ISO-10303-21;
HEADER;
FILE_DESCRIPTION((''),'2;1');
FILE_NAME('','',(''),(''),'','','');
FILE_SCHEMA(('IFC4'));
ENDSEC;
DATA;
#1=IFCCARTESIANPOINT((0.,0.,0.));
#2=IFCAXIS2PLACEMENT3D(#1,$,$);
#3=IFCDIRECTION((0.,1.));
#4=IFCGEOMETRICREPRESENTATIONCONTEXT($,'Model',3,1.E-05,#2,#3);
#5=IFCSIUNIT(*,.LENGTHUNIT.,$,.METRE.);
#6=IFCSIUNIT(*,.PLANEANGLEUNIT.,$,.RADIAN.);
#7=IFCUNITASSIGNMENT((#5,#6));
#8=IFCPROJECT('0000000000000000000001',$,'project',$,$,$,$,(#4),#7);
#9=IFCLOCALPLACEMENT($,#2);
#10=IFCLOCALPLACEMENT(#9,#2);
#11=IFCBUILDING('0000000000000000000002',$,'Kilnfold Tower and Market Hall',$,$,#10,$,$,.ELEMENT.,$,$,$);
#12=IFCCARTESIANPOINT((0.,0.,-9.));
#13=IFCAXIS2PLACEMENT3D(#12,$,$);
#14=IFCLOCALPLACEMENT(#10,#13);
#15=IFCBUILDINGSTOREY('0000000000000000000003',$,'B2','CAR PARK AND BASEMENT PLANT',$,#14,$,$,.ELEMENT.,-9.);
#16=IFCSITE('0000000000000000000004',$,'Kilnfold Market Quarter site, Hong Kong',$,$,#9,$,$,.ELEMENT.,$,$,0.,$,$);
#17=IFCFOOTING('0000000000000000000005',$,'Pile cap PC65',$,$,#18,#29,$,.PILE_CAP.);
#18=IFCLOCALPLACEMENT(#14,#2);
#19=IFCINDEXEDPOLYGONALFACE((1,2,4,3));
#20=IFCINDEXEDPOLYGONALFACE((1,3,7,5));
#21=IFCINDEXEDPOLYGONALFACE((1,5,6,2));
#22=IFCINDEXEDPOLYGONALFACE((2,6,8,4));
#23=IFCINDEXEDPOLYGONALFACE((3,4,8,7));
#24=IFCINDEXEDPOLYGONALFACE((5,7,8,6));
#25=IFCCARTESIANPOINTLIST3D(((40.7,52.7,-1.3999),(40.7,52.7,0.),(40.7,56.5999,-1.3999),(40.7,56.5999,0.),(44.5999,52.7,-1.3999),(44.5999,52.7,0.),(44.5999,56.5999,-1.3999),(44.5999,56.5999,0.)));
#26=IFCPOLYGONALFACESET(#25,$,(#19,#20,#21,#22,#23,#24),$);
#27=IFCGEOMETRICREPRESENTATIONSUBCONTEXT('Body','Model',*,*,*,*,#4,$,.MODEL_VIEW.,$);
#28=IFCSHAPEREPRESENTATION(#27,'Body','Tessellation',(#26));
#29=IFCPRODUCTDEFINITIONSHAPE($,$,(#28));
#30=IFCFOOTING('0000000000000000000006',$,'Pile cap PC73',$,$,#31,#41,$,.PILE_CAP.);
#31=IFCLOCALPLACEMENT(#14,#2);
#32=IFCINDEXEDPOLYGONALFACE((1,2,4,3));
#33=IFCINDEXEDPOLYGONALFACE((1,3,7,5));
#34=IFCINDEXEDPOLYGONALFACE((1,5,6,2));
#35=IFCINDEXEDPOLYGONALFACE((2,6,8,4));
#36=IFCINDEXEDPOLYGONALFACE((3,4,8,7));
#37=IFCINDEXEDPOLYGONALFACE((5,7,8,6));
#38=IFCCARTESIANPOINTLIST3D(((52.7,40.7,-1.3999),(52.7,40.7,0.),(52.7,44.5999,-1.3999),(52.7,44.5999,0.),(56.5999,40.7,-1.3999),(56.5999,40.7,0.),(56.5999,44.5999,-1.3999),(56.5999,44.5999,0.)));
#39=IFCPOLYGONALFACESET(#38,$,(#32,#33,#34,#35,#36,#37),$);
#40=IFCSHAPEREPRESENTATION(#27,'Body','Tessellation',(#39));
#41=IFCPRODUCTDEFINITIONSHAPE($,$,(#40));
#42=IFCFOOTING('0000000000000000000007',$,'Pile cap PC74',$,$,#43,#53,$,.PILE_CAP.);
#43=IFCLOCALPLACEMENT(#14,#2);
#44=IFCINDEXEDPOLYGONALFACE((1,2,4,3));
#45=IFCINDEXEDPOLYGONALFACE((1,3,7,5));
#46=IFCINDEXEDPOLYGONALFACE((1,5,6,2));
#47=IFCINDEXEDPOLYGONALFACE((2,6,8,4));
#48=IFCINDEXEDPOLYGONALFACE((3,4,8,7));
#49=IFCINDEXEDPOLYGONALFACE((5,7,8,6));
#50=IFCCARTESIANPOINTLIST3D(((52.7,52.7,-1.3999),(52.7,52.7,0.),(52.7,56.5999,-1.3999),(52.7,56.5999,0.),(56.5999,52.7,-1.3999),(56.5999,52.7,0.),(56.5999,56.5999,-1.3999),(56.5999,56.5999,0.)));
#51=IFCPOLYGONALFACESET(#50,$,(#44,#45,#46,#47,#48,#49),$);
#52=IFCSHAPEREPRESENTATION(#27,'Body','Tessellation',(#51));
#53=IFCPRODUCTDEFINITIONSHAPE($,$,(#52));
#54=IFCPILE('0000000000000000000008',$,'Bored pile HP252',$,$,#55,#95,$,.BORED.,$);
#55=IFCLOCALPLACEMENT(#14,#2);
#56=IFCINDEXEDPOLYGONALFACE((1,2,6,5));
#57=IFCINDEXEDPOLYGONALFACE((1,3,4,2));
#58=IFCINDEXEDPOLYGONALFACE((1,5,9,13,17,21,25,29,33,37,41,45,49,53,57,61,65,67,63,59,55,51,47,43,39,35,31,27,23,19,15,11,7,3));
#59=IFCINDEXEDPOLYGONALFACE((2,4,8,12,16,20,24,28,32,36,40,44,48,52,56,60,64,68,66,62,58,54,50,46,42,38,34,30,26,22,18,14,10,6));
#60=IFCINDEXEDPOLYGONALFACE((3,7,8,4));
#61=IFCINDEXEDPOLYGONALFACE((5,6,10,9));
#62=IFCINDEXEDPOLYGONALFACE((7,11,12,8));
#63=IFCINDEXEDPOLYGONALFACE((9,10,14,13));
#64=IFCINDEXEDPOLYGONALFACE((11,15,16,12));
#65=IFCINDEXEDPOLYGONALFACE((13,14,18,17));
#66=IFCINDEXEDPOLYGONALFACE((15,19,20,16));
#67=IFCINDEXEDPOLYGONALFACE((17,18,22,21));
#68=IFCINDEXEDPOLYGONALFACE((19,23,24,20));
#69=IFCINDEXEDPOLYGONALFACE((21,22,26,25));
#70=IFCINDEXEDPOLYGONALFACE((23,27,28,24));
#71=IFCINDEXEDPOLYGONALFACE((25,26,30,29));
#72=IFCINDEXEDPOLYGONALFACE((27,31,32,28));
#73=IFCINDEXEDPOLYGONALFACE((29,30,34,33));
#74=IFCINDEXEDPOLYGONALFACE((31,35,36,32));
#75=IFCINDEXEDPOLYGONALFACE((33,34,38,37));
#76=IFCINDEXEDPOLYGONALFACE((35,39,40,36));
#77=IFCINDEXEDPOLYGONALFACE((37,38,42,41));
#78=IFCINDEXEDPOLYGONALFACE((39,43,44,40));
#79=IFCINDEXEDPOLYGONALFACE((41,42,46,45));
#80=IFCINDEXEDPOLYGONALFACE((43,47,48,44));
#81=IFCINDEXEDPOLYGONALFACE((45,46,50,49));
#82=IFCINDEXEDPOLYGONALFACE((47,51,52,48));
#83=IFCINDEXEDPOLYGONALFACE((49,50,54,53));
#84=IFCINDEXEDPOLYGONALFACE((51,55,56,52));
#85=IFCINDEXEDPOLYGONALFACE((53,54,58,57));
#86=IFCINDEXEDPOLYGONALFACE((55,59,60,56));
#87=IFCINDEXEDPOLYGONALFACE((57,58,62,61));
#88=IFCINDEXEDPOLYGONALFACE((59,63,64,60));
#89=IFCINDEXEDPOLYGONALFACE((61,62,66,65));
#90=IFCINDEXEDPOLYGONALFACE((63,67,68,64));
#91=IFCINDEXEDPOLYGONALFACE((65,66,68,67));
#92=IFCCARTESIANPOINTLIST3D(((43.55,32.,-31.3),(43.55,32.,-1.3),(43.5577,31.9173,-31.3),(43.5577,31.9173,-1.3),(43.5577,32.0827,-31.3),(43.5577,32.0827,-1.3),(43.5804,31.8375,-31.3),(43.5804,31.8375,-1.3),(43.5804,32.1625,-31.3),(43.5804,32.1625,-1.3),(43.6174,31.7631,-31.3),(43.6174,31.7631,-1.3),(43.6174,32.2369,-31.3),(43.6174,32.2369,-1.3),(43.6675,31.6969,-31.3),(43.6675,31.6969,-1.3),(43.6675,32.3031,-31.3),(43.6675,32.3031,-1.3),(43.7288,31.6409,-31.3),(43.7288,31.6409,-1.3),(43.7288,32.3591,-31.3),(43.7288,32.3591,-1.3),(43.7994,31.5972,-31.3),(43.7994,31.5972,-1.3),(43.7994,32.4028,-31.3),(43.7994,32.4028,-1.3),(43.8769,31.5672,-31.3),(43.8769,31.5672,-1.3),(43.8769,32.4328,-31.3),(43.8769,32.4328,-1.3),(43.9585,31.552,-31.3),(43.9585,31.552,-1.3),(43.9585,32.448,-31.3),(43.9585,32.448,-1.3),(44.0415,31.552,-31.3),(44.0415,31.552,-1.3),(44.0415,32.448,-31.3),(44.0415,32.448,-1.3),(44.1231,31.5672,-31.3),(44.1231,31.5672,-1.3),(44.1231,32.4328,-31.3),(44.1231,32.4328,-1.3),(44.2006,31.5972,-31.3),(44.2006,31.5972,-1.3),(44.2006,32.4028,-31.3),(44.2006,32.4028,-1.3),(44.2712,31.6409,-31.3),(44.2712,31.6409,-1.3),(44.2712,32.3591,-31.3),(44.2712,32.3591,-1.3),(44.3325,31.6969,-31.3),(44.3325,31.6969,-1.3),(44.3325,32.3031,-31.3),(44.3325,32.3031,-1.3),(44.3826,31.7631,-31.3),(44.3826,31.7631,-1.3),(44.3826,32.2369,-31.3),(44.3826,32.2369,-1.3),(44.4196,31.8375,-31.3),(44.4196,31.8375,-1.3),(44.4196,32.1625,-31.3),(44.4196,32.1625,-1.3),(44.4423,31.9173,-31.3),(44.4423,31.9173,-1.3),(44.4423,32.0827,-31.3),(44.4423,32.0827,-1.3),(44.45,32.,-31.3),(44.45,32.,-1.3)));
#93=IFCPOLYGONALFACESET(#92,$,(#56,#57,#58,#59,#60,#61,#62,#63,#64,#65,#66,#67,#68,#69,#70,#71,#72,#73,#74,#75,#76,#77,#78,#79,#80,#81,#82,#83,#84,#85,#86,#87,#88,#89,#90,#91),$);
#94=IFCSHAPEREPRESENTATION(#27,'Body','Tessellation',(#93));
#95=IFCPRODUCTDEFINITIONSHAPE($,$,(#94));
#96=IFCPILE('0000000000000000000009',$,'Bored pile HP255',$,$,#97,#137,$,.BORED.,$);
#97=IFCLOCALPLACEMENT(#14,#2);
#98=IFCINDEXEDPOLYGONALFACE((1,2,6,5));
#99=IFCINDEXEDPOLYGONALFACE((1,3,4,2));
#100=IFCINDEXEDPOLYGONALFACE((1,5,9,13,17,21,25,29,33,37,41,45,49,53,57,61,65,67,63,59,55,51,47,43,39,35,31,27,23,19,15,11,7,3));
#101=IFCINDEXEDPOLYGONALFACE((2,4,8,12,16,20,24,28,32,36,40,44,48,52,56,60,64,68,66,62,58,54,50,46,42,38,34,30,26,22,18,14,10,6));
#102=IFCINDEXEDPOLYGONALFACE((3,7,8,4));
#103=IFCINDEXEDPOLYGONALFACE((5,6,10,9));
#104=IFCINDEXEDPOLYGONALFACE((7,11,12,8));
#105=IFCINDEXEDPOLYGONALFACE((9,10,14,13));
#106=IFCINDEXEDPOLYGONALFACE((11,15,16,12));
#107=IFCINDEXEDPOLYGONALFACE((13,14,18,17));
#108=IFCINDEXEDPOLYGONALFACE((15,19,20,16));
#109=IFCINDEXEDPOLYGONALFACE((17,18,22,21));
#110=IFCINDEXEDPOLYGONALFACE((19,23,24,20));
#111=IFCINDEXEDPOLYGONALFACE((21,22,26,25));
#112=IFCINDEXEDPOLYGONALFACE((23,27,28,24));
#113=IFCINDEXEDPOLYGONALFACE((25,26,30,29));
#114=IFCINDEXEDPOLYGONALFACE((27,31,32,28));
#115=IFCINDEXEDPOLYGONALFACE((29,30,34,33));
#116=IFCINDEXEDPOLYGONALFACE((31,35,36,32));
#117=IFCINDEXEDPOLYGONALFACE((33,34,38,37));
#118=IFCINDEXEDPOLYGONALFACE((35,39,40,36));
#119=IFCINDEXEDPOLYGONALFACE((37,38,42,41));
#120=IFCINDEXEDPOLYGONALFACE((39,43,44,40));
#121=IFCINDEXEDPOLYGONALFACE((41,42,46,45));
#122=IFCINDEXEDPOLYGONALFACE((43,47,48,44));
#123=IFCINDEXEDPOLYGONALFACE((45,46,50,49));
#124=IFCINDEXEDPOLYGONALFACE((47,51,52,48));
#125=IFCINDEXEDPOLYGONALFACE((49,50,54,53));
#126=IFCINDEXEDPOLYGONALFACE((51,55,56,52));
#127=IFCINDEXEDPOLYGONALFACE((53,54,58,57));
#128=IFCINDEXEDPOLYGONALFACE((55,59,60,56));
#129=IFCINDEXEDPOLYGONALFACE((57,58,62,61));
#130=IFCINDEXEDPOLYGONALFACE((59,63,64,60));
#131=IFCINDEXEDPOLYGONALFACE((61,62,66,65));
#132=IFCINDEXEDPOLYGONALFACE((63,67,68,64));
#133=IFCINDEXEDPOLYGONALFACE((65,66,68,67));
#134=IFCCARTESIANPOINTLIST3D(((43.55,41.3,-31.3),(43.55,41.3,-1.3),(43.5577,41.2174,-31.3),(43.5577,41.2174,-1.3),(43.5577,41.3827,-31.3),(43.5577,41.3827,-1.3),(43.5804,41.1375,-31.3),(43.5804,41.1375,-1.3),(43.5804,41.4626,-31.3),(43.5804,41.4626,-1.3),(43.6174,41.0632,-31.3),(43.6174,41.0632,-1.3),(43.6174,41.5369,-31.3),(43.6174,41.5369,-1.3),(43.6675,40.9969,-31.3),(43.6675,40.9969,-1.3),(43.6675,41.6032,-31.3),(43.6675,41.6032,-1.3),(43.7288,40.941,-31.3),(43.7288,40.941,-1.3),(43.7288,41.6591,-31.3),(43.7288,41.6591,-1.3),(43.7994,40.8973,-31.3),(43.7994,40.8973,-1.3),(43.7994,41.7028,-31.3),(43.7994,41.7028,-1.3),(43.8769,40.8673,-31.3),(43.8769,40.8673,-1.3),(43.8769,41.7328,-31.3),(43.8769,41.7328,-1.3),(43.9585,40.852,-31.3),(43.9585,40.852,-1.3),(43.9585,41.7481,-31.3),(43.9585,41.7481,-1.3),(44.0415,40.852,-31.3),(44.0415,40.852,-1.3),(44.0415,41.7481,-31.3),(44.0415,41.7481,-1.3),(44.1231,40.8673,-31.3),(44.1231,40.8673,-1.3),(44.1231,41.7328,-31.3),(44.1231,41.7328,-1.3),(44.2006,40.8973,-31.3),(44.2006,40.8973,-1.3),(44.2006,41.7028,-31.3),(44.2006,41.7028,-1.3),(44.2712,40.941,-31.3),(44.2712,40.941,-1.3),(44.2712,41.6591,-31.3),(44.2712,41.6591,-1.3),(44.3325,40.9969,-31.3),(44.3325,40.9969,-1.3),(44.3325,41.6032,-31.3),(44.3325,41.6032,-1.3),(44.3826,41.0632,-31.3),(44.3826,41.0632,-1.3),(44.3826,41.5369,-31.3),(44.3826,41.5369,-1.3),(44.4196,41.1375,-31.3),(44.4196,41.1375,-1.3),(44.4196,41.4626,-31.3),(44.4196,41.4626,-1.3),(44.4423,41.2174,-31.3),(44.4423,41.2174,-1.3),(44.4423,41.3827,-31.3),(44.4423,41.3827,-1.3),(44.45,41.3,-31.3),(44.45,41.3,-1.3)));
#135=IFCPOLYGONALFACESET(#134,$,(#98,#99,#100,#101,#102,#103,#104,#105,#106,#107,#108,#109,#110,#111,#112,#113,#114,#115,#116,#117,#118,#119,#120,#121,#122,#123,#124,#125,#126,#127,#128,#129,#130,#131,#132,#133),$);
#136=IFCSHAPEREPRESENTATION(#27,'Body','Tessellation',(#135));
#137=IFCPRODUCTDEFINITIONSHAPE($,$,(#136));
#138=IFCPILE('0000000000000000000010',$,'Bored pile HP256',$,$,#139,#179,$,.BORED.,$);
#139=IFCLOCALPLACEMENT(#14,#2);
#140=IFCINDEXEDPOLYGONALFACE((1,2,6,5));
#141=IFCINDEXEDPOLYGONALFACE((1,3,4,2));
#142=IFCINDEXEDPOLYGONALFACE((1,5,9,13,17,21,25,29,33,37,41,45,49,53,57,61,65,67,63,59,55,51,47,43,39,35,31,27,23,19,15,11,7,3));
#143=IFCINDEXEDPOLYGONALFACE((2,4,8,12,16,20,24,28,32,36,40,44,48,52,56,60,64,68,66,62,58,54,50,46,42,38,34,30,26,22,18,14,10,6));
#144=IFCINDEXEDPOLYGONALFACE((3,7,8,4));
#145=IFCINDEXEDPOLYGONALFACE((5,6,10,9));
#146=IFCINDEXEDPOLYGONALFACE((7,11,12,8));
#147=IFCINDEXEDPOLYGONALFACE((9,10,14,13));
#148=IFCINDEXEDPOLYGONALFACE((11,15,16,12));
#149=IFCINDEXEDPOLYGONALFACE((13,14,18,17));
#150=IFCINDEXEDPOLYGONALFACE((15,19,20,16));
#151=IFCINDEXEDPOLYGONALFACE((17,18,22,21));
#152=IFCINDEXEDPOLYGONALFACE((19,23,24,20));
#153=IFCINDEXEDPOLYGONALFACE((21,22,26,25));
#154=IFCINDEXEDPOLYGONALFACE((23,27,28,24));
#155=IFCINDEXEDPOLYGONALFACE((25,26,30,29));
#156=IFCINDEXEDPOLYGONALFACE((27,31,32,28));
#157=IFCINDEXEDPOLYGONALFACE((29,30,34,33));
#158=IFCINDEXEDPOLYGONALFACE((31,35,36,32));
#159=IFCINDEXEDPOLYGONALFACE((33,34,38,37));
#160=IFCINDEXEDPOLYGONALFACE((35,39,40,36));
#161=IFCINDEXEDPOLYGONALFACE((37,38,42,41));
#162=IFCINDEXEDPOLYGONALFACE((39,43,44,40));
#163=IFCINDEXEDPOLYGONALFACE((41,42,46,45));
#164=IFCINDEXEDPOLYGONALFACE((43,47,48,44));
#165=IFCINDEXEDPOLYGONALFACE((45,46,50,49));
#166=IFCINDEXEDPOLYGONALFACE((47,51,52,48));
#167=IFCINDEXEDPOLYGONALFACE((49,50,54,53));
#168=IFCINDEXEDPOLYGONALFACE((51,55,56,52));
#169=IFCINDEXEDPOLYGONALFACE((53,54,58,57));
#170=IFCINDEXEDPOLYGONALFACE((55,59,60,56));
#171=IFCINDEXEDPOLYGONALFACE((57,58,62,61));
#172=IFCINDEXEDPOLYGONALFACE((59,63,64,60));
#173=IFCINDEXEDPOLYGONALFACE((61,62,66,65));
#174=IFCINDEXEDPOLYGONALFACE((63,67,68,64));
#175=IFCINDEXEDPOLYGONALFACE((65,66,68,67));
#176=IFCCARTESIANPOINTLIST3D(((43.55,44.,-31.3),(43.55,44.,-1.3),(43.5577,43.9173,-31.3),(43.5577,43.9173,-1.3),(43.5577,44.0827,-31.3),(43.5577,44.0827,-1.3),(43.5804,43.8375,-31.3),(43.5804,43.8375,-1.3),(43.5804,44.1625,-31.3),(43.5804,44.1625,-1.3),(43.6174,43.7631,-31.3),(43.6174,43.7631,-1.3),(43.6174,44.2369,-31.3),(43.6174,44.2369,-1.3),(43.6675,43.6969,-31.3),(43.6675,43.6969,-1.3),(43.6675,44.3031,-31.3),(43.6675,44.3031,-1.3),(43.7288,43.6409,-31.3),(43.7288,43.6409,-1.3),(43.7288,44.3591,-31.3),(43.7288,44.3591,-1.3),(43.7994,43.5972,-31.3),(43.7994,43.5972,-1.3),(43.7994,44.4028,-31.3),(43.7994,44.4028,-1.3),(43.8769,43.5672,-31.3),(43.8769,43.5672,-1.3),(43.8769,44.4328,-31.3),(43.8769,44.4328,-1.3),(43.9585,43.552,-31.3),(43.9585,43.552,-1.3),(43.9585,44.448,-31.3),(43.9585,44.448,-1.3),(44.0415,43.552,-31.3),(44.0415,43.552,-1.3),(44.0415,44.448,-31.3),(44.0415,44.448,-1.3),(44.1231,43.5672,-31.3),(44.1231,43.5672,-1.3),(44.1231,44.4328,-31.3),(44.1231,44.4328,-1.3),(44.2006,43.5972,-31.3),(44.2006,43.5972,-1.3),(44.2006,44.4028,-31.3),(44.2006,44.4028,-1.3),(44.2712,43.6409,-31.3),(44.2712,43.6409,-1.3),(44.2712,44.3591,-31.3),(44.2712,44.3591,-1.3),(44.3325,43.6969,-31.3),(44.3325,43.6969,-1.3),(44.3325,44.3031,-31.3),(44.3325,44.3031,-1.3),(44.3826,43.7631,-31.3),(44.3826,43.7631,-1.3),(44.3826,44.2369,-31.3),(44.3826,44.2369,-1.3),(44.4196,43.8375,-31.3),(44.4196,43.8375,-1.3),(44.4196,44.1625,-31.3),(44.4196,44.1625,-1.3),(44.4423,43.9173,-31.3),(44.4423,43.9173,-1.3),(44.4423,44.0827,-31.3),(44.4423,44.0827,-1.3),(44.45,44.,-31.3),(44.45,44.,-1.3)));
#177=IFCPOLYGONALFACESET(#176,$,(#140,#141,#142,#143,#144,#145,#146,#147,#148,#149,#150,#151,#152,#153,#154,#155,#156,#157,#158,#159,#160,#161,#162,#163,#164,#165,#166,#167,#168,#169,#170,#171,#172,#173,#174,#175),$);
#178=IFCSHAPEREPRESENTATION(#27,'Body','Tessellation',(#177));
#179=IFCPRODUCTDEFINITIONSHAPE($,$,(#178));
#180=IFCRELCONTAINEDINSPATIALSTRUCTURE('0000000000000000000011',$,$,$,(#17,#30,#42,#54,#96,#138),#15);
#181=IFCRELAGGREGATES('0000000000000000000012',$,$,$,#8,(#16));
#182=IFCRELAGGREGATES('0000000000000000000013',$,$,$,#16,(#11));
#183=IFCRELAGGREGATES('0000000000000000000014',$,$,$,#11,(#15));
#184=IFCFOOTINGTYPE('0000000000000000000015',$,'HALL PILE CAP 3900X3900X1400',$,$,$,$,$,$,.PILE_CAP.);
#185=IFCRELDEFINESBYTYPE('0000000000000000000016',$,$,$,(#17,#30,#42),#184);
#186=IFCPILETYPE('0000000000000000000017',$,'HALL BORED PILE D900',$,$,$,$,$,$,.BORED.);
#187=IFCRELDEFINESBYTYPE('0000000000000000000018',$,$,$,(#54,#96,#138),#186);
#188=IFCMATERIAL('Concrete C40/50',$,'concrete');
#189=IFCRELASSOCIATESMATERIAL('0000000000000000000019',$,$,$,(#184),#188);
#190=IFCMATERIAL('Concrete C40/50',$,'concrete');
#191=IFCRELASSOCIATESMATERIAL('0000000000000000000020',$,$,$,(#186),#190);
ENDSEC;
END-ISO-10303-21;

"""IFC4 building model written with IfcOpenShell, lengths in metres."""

from ifc_helpers import new_model, si_unit, direction, frame, origin, origin_2d, place, context, subcontext, project, spatial, rectangle, circle, extrude, source, transform, mapped, material, material_profile, profile_set, type_object, element, save


model = new_model("IFC4")

# Units and contexts
model_context = context("Model", 3, precision=1e-05, world=origin(), true_north=direction((0.0, 1.0)))
body_context = subcontext(model_context, "Body", "Model", "MODEL_VIEW")
ifc_project = project(units=[si_unit("LENGTHUNIT", "METRE"), si_unit("PLANEANGLEUNIT", "RADIAN")], contexts=[model_context])

# Site, building, storey
site_placement = place(None, origin())
site = spatial("IfcSite", under=ifc_project, at=site_placement, Name="Kilnfold Market Quarter site, Hong Kong", CompositionType="ELEMENT", RefElevation=0.0)
building_placement = place(site_placement, origin())
building = spatial("IfcBuilding", under=site, at=building_placement, Name="Kilnfold Tower and Market Hall", CompositionType="ELEMENT")
storey_placement = place(building_placement, frame((0.0, 0.0, -9.0)))
storey = spatial("IfcBuildingStorey", under=building, at=storey_placement, Name="B2", Description="CAR PARK AND BASEMENT PLANT", CompositionType="ELEMENT", Elevation=-9.0)

# Footings
ifc_material_1 = material(Name="Concrete C40/50", Category="concrete")
footing_type = type_object("IfcFootingType", Name="HALL PILE CAP 3900X3900X1400", PredefinedType="PILE_CAP", material=ifc_material_1)
shared_shape_1 = source(origin(), body_context, "Body", "SweptSolid", [
    extrude(rectangle(XDim=3.8999, YDim=3.8999, at=origin_2d()), origin(), (0.0, 0.0, 1.0), 1.3999),
])
for number, where, z_axis, x_axis, name in (
    (1, (42.6499, 54.6499, -1.3999), (0.0, 0.0, 1.0), (1.0, 0.0, 0.0), "Pile cap PC65"),
    (2, (54.6499, 42.6499, -1.3999), (0.0, 0.0, 1.0), (1.0, 0.0, 0.0), "Pile cap PC73"),
    (3, (54.6499, 54.6499, -1.3999), (0.0, 0.0, 1.0), (1.0, 0.0, 0.0), "Pile cap PC74"),
):
    element("IfcFooting", number, at=place(storey_placement, frame(where, z_axis=z_axis, x_axis=x_axis)), inside=storey, type_object=footing_type, Name=name, PredefinedType="PILE_CAP", context=body_context, shape_type="MappedRepresentation", body=[
        mapped(shared_shape_1, transform((0.0, 0.0, 0.0))),
    ])

# Piles
ifc_material_2 = material(Name="Concrete C40/50", Category="concrete")
ifc_material_profile_1 = material_profile(ifc_material_2, circle(Radius=0.45, at=origin_2d()), Name="D900")
ifc_profile_set_1 = profile_set([ifc_material_profile_1], Name="Concrete C40/50")
pile_type = type_object("IfcPileType", Name="HALL BORED PILE D900", PredefinedType="BORED", material=ifc_profile_set_1)
shared_shape_2 = source(origin(), body_context, "Body", "SweptSolid", [
    extrude(circle(Radius=0.45, at=origin_2d()), origin(), (0.0, 0.0, 1.0), 30.0),
])
for number, where, z_axis, x_axis, name in (
    (4, (44.0, 32.0, -1.3), (0.0, 0.0, -1.0), (1.0, 0.0, 0.0), "Bored pile HP252"),
    (5, (44.0, 41.3, -1.3), (0.0, 0.0, -1.0), (1.0, 0.0, 0.0), "Bored pile HP255"),
    (6, (44.0, 44.0, -1.3), (0.0, 0.0, -1.0), (1.0, 0.0, 0.0), "Bored pile HP256"),
):
    element("IfcPile", number, at=place(storey_placement, frame(where, z_axis=z_axis, x_axis=x_axis)), inside=storey, type_object=pile_type, Name=name, PredefinedType="BORED", context=body_context, shape_type="MappedRepresentation", body=[
        mapped(shared_shape_2, transform((0.0, 0.0, 0.0))),
    ])

save(model, "model.ifc")
